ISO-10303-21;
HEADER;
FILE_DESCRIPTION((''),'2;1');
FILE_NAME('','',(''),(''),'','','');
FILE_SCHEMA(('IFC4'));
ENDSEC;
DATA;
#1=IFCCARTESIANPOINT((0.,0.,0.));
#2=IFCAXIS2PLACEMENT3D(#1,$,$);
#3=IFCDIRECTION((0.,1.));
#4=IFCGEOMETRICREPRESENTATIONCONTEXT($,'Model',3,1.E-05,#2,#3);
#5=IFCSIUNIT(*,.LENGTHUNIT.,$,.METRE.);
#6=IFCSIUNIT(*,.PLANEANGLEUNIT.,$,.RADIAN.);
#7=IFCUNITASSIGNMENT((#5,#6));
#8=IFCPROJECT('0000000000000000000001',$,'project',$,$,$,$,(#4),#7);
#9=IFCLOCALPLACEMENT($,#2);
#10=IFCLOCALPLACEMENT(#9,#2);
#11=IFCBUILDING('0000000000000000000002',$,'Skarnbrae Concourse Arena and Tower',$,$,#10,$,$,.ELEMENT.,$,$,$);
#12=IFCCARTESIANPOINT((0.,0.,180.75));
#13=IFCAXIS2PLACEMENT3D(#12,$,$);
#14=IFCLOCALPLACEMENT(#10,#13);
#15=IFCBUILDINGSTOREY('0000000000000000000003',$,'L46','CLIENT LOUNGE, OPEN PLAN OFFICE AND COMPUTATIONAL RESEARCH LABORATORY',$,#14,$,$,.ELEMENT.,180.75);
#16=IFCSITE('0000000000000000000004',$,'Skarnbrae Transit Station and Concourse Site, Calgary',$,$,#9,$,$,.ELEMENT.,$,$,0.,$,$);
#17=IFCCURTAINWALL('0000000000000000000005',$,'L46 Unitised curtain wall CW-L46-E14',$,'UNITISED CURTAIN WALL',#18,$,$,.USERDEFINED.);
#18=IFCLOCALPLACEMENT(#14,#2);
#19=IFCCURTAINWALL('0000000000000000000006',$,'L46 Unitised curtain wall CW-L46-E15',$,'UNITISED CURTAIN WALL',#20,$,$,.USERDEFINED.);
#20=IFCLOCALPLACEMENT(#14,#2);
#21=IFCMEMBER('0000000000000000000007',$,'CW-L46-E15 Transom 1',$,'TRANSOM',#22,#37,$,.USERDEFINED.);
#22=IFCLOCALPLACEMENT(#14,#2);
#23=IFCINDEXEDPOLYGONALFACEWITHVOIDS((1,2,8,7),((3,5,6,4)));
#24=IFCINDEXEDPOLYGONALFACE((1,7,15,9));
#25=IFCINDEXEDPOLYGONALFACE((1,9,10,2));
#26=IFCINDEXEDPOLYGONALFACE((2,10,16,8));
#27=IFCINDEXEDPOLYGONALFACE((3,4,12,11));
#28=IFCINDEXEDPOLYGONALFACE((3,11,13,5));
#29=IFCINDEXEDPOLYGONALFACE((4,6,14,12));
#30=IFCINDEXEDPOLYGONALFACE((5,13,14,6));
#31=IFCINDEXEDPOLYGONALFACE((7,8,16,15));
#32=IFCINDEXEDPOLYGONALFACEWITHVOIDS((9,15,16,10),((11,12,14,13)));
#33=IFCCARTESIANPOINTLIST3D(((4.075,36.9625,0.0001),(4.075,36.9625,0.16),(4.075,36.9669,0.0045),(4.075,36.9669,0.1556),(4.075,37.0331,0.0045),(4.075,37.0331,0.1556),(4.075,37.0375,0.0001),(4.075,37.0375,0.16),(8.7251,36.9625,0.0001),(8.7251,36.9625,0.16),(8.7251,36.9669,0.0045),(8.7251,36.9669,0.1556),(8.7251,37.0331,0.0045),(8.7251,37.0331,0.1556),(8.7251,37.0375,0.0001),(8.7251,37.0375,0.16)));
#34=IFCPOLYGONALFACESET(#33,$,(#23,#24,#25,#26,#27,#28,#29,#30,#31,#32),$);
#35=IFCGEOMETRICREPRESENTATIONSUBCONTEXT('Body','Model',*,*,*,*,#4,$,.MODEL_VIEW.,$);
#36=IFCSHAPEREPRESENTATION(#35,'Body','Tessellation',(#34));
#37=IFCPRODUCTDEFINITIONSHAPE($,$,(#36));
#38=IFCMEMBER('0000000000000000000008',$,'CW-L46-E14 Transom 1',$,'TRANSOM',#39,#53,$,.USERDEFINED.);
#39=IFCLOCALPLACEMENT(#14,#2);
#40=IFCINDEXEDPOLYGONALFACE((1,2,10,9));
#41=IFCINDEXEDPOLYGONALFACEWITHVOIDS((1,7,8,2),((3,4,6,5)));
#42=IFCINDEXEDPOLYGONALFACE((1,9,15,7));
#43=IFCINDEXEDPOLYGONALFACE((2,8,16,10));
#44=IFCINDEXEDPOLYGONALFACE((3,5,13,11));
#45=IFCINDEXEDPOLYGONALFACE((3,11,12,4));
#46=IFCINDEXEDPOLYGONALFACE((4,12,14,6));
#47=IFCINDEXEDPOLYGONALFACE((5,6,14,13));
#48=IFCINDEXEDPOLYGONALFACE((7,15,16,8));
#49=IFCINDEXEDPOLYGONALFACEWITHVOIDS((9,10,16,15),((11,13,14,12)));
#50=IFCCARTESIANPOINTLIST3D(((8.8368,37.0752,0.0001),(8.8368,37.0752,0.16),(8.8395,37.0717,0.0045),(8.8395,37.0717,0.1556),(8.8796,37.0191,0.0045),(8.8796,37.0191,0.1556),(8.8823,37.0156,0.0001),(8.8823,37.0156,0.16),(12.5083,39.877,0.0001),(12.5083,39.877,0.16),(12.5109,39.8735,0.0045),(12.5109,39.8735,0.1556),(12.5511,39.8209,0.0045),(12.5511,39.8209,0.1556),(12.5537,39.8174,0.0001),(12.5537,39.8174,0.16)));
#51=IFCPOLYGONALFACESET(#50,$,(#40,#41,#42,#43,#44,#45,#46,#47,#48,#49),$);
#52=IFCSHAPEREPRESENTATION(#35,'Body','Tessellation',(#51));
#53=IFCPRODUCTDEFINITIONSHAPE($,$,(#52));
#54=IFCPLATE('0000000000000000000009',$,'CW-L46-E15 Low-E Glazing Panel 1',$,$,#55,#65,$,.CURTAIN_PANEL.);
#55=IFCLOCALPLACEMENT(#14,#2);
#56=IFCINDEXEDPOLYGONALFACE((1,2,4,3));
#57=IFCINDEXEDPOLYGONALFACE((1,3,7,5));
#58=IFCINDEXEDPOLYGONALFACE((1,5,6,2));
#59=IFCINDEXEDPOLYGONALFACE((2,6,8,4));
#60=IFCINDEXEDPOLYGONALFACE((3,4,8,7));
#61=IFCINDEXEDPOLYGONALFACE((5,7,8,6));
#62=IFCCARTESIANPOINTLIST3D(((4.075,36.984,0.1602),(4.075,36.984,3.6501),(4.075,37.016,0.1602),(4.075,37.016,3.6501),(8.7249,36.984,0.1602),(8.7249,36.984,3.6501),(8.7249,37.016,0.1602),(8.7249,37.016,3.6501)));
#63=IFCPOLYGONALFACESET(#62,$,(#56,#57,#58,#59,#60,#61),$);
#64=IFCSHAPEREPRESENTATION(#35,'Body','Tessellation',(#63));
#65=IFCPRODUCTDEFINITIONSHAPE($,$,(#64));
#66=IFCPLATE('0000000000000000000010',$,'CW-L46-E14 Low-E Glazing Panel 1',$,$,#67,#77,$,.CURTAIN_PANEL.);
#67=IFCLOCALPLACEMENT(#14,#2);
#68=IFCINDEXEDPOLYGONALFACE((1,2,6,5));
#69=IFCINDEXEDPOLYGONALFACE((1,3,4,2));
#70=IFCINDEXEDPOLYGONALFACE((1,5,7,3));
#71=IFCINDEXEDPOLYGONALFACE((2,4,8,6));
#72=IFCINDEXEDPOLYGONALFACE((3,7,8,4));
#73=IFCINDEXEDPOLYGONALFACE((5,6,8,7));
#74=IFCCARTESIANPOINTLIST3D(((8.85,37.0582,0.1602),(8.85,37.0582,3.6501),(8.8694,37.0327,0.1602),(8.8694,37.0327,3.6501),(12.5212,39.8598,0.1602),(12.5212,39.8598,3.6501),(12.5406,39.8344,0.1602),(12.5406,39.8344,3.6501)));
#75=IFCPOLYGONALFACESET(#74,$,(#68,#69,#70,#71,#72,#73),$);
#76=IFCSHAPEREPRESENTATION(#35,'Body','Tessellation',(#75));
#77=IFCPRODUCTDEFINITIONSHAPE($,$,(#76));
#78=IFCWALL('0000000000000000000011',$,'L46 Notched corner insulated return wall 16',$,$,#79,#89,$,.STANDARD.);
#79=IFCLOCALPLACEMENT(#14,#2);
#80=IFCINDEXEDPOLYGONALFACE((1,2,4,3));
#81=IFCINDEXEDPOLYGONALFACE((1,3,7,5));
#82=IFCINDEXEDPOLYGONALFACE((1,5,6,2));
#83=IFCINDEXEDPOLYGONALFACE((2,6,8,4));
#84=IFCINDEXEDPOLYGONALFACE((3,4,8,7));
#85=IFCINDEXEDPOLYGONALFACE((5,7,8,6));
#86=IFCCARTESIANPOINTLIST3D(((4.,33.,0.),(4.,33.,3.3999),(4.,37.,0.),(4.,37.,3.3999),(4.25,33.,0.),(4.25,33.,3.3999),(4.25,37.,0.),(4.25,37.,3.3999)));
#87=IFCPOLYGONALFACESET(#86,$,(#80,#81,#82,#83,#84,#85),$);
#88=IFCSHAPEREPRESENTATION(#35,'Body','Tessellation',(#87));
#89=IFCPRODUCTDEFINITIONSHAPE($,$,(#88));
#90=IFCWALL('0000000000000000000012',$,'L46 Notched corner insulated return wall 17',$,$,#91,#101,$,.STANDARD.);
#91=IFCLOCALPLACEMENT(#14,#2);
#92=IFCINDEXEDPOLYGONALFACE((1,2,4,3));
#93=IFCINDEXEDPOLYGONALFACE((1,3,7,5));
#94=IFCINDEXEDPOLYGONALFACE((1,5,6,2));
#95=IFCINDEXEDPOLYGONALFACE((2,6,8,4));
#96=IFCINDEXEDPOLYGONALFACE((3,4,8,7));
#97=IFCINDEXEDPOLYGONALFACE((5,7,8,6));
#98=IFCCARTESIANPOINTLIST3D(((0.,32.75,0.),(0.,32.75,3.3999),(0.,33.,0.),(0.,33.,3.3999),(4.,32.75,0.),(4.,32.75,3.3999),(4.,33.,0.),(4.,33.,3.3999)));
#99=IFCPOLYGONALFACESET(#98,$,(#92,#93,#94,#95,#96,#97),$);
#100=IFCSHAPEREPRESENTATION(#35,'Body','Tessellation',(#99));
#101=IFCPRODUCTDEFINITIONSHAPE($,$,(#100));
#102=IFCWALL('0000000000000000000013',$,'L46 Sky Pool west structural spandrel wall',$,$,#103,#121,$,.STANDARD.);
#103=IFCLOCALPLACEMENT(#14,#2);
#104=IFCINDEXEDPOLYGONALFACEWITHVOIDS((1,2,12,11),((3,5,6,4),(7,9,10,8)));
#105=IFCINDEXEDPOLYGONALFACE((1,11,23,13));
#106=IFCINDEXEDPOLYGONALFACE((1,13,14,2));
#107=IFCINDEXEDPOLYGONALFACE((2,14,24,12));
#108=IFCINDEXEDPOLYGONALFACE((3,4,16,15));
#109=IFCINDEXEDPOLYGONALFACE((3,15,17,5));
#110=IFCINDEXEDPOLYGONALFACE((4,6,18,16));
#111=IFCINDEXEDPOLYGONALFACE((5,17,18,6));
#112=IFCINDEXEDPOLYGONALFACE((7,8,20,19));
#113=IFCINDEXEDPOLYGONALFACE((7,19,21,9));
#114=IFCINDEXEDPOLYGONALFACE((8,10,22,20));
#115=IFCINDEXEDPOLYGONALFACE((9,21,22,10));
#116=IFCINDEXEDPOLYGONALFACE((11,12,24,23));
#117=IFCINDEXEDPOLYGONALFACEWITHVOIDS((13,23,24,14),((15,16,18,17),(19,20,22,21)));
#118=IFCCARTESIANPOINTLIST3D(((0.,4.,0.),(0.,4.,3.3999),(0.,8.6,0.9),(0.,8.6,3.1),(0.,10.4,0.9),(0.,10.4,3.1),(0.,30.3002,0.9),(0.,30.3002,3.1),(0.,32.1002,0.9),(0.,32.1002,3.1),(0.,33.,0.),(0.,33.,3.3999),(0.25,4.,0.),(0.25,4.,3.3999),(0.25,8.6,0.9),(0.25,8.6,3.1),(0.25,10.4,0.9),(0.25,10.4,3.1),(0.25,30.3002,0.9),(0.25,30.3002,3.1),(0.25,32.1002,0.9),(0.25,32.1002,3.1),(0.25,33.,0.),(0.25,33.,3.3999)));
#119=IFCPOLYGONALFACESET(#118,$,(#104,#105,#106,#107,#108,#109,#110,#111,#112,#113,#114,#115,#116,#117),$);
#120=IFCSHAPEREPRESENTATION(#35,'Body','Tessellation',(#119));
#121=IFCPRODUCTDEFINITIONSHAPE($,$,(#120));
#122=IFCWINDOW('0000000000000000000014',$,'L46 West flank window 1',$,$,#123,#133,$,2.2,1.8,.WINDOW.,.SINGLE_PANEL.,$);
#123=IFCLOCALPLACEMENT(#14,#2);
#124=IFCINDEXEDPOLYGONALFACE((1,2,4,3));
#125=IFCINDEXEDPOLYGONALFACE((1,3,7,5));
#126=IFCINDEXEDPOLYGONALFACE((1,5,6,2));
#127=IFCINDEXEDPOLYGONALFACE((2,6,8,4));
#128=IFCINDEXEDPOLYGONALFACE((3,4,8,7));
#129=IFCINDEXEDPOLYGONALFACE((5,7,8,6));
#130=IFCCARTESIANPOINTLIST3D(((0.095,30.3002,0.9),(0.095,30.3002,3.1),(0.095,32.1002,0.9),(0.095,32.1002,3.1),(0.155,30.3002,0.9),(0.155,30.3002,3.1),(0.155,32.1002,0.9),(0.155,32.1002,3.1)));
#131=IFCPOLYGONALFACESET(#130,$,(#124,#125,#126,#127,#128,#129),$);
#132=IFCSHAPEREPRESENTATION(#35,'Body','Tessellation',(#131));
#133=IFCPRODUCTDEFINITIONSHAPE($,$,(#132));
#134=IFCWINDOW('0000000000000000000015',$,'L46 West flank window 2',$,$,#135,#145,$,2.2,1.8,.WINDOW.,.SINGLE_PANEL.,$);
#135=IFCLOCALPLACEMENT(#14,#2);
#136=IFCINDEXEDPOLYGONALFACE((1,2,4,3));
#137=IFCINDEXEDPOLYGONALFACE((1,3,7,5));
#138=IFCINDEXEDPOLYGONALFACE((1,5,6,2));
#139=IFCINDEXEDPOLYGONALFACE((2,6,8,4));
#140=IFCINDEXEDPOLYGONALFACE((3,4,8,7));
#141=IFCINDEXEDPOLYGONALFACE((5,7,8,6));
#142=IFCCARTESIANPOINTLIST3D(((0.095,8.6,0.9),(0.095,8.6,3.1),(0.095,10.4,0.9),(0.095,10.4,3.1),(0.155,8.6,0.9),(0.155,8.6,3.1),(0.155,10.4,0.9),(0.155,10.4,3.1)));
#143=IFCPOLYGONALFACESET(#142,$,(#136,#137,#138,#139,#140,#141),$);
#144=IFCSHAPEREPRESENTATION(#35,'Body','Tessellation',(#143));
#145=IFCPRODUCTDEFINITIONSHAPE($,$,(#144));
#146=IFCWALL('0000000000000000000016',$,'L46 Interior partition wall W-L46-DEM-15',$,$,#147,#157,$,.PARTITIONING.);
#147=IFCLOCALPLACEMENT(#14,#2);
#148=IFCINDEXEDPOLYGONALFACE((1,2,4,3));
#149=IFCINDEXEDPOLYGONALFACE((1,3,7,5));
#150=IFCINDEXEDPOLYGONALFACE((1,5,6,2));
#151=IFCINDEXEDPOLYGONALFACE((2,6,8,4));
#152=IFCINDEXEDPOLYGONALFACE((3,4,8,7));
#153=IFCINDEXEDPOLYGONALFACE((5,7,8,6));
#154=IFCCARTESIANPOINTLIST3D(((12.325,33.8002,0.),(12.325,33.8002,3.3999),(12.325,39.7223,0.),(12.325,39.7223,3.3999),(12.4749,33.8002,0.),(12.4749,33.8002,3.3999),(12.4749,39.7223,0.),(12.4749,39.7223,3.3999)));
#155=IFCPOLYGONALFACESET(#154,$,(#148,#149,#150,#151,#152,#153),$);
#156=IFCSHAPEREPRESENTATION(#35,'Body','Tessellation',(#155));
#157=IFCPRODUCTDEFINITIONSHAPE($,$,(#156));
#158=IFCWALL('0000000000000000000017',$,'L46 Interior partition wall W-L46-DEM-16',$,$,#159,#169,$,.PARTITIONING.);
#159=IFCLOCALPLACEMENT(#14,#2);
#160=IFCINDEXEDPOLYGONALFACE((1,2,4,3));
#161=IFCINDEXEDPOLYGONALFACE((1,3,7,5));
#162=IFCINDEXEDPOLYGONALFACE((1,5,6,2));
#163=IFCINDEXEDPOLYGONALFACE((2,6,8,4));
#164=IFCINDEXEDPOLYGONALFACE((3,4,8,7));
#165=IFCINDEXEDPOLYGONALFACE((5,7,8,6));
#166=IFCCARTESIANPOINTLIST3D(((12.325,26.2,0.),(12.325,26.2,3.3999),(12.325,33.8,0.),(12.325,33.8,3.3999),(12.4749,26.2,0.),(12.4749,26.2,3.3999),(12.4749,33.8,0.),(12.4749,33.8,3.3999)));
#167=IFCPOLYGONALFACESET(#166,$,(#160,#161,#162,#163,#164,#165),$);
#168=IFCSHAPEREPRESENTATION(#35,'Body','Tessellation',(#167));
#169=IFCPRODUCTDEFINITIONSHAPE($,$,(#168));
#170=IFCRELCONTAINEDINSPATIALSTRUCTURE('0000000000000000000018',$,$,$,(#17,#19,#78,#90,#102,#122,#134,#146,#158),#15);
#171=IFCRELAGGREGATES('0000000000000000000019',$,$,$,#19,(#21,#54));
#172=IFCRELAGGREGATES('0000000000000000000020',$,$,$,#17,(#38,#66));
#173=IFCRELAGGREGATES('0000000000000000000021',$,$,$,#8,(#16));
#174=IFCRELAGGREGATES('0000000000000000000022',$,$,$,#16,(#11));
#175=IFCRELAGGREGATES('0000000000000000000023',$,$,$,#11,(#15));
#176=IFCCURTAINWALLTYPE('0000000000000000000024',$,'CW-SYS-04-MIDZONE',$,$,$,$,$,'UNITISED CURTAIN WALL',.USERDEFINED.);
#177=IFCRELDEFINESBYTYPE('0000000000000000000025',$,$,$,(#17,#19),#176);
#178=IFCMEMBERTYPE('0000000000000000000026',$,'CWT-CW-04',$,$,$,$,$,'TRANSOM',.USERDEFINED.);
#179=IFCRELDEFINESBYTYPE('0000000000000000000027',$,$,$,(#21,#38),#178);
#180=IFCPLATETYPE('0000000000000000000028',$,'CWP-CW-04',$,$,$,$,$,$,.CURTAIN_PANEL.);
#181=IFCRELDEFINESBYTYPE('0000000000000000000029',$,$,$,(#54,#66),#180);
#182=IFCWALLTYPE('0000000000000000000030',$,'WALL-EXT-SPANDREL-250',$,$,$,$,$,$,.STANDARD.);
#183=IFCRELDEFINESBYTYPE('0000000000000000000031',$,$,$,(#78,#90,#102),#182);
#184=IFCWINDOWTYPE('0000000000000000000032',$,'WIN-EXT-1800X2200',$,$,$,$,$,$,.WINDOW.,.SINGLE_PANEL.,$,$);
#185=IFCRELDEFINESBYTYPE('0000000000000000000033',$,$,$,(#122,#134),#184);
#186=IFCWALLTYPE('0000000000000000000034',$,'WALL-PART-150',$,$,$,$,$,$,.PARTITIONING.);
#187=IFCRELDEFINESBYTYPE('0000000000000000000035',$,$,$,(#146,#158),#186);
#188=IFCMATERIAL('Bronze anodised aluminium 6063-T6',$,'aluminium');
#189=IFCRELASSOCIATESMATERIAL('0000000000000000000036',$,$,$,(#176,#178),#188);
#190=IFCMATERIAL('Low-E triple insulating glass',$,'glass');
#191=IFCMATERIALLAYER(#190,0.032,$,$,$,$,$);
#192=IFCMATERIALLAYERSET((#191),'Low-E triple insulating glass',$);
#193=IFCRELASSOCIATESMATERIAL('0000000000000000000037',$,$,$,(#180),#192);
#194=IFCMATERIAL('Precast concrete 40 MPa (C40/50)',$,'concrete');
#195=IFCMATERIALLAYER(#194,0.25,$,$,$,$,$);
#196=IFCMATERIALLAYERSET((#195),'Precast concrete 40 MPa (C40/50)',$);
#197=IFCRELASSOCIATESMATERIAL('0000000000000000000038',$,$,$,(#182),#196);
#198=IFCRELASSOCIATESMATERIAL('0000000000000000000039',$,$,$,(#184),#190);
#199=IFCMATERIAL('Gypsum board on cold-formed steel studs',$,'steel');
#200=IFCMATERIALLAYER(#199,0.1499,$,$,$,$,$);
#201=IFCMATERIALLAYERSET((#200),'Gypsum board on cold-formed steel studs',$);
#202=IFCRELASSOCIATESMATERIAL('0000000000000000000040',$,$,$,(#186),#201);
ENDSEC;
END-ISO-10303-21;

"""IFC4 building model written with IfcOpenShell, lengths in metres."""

from ifc_helpers import new_model, si_unit, direction, frame, frame_2d, origin, origin_2d, place, context, subcontext, project, spatial, rectangle, hollow_rectangle, extrude, source, transform, mapped, material, layer, layer_set, material_profile, profile_set, type_object, element, fill, aggregate, save


model = new_model("IFC4")

# Units and contexts
model_context = context("Model", 3, precision=1e-05, world=origin(), true_north=direction((0.0, 1.0)))
body_context = subcontext(model_context, "Body", "Model", "MODEL_VIEW")
ifc_project = project(units=[si_unit("LENGTHUNIT", "METRE"), si_unit("PLANEANGLEUNIT", "RADIAN")], contexts=[model_context])

# Site, building, storey
site_placement = place(None, origin())
site = spatial("IfcSite", under=ifc_project, at=site_placement, Name="Skarnbrae Transit Station and Concourse Site, Calgary", CompositionType="ELEMENT", RefElevation=0.0)
building_placement = place(site_placement, origin())
building = spatial("IfcBuilding", under=site, at=building_placement, Name="Skarnbrae Concourse Arena and Tower", CompositionType="ELEMENT")
storey_placement = place(building_placement, frame((0.0, 0.0, 180.75)))
storey = spatial("IfcBuildingStorey", under=building, at=storey_placement, Name="L46", Description="CLIENT LOUNGE, OPEN PLAN OFFICE AND COMPUTATIONAL RESEARCH LABORATORY", CompositionType="ELEMENT", Elevation=180.75)

# Shared definitions
ifc_material_1 = material(Name="Bronze anodised aluminium 6063-T6", Category="aluminium")
curtain_wall_type = type_object("IfcCurtainWallType", Name="CW-SYS-04-MIDZONE", ElementType="UNITISED CURTAIN WALL", PredefinedType="USERDEFINED", material=ifc_material_1)

# Curtain walls, member
curtain_wall_1_placement = place(storey_placement, origin())
curtain_wall_1 = element("IfcCurtainWall", 1, at=curtain_wall_1_placement, inside=storey, type_object=curtain_wall_type, Name="L46 Unitised curtain wall CW-L46-E14", ObjectType="UNITISED CURTAIN WALL", PredefinedType="USERDEFINED")
curtain_wall_2_placement = place(storey_placement, origin())
curtain_wall_2 = element("IfcCurtainWall", 2, at=curtain_wall_2_placement, inside=storey, type_object=curtain_wall_type, Name="L46 Unitised curtain wall CW-L46-E15", ObjectType="UNITISED CURTAIN WALL", PredefinedType="USERDEFINED")
ifc_material_profile_1 = material_profile(ifc_material_1, hollow_rectangle(XDim=0.075, YDim=0.1599, WallThickness=0.0044, at=origin_2d()), Name="ALU-TRAN-75X160")
ifc_profile_set_1 = profile_set([ifc_material_profile_1], Name="Bronze anodised aluminium 6063-T6")
member_type_1 = type_object("IfcMemberType", Name="CWT-CW-04", ElementType="TRANSOM", PredefinedType="USERDEFINED", material=ifc_profile_set_1)
shared_shape_1 = source(origin(), body_context, "Body", "SweptSolid", [
    extrude(hollow_rectangle(XDim=0.075, YDim=0.1599, WallThickness=0.0044, at=origin_2d()), origin(), (0.0, 0.0, 1.0), 4.6501),
])
member_1_placement = place(storey_placement, frame((8.7251, 37.0, 0.0801), z_axis=(-1.0, 0.0, 0.0), x_axis=(0.0, -1.0, 0.0)))
member_1 = element("IfcMember", 3, at=member_1_placement, type_object=member_type_1, Name="CW-L46-E15 Transom 1", ObjectType="TRANSOM", PredefinedType="USERDEFINED", context=body_context, shape_type="MappedRepresentation", body=[
    mapped(shared_shape_1, transform((0.0, 0.0, 0.0))),
])

# Member
shared_shape_2 = source(origin(), body_context, "Body", "SweptSolid", [
    extrude(hollow_rectangle(XDim=0.075, YDim=0.1599, WallThickness=0.0044, at=origin_2d()), origin(), (0.0, 0.0, 1.0), 4.6184),
])
member_2_placement = place(storey_placement, frame((12.531, 39.8472, 0.0801), z_axis=(-0.794961, -0.606661, 0.0), x_axis=(0.606661, -0.794961, 0.0)))
member_2 = element("IfcMember", 4, at=member_2_placement, type_object=member_type_1, Name="CW-L46-E14 Transom 1", ObjectType="TRANSOM", PredefinedType="USERDEFINED", context=body_context, shape_type="MappedRepresentation", body=[
    mapped(shared_shape_2, transform((0.0, 0.0, 0.0))),
])

# Plates
ifc_material_2 = material(Name="Low-E triple insulating glass", Category="glass")
ifc_layer_1 = layer(ifc_material_2, 0.032)
ifc_layer_set_1 = layer_set([ifc_layer_1], Name="Low-E triple insulating glass")
plate_type = type_object("IfcPlateType", Name="CWP-CW-04", PredefinedType="CURTAIN_PANEL", material=ifc_layer_set_1)
shared_shape_3 = source(origin(), body_context, "Body", "SweptSolid", [
    extrude(rectangle(XDim=4.6499, YDim=0.032, at=origin_2d()), origin(), (0.0, 0.0, 1.0), 3.49),
])
plate_1_placement = place(storey_placement, frame((6.3999, 37.0, 0.1602), z_axis=(0.0, 0.0, 1.0), x_axis=(-1.0, 0.0, 0.0)))
plate_1 = element("IfcPlate", 5, at=plate_1_placement, type_object=plate_type, Name="CW-L46-E15 Low-E Glazing Panel 1", PredefinedType="CURTAIN_PANEL", context=body_context, shape_type="MappedRepresentation", body=[
    mapped(shared_shape_3, transform((0.0, 0.0, 0.0))),
])
aggregate(curtain_wall_2, [member_1, plate_1])
shared_shape_4 = source(origin(), body_context, "Body", "SweptSolid", [
    extrude(rectangle(XDim=4.6182, YDim=0.032, at=origin_2d()), origin(), (0.0, 0.0, 1.0), 3.49),
])
plate_2_placement = place(storey_placement, frame((10.6953, 38.4463, 0.1602), z_axis=(0.0, 0.0, 1.0), x_axis=(-0.794956, -0.606667, 0.0)))
plate_2 = element("IfcPlate", 6, at=plate_2_placement, type_object=plate_type, Name="CW-L46-E14 Low-E Glazing Panel 1", PredefinedType="CURTAIN_PANEL", context=body_context, shape_type="MappedRepresentation", body=[
    mapped(shared_shape_4, transform((0.0, 0.0, 0.0))),
])
aggregate(curtain_wall_1, [member_2, plate_2])

# Walls
ifc_material_3 = material(Name="Precast concrete 40 MPa (C40/50)", Category="concrete")
ifc_layer_2 = layer(ifc_material_3, 0.25)
ifc_layer_set_2 = layer_set([ifc_layer_2], Name="Precast concrete 40 MPa (C40/50)")
wall_type_1 = type_object("IfcWallType", Name="WALL-EXT-SPANDREL-250", PredefinedType="STANDARD", material=ifc_layer_set_2)
shared_shape_5 = source(origin(), body_context, "Body", "SweptSolid", [
    extrude(rectangle(XDim=4.0, YDim=0.25, at=frame_2d((2.0, 0.0))), origin(), (0.0, 0.0, 1.0), 3.3999),
])
for number, where, z_axis, x_axis, name in (
    (7, (4.125, 37.0, 0.0), (0.0, 0.0, 1.0), (0.0, -1.0, 0.0), "L46 Notched corner insulated return wall 16"),
    (8, (4.0, 32.875, 0.0), (0.0, 0.0, 1.0), (-1.0, 0.0, 0.0), "L46 Notched corner insulated return wall 17"),
):
    element("IfcWall", number, at=place(storey_placement, frame(where, z_axis=z_axis, x_axis=x_axis)), inside=storey, type_object=wall_type_1, Name=name, PredefinedType="STANDARD", context=body_context, shape_type="MappedRepresentation", body=[
        mapped(shared_shape_5, transform((0.0, 0.0, 0.0))),
    ])

# Wall, openings, windows
shared_shape_6 = source(origin(), body_context, "Body", "SweptSolid", [
    extrude(rectangle(XDim=29.0, YDim=0.25, at=frame_2d((14.5, 0.0))), origin(), (0.0, 0.0, 1.0), 3.3999),
])
wall_1_placement = place(storey_placement, frame((0.125, 33.0, 0.0), z_axis=(0.0, 0.0, 1.0), x_axis=(0.0, -1.0, 0.0)))
wall_1 = element("IfcWall", 9, at=wall_1_placement, inside=storey, type_object=wall_type_1, Name="L46 Sky Pool west structural spandrel wall", PredefinedType="STANDARD", context=body_context, shape_type="MappedRepresentation", body=[
    mapped(shared_shape_6, transform((0.0, 0.0, 0.0))),
])
opening_1_placement = place(wall_1_placement, frame((0.8999, 0.0, 0.8999)))
opening_1 = element("IfcOpeningElement", 10, at=opening_1_placement, cuts=wall_1, PredefinedType="OPENING", context=body_context, shape_type="SweptSolid", body=[
    extrude(rectangle(XDim=1.8, YDim=2.2, at=frame_2d((0.8999, 1.1001))), frame((0.0, 0.135, 0.0), z_axis=(0.0, -1.0, 0.0), x_axis=(1.0, 0.0, 0.0)), (0.0, 0.0, 1.0), 0.27),
])
opening_2_placement = place(wall_1_placement, frame((22.6001, 0.0, 0.8999)))
opening_2 = element("IfcOpeningElement", 11, at=opening_2_placement, cuts=wall_1, PredefinedType="OPENING", context=body_context, shape_type="SweptSolid", body=[
    extrude(rectangle(XDim=1.8, YDim=2.2, at=frame_2d((0.8999, 1.1001))), frame((0.0, 0.135, 0.0), z_axis=(0.0, -1.0, 0.0), x_axis=(1.0, 0.0, 0.0)), (0.0, 0.0, 1.0), 0.27),
])
window_type = type_object("IfcWindowType", Name="WIN-EXT-1800X2200", PartitioningType="SINGLE_PANEL", PredefinedType="WINDOW", material=ifc_material_2)
shared_shape_7 = source(origin(), body_context, "Body", "SweptSolid", [
    extrude(rectangle(XDim=1.8, YDim=2.2, at=frame_2d((0.8999, 1.1001))), frame((0.0, 0.03, 0.0), z_axis=(0.0, -1.0, 0.0), x_axis=(1.0, 0.0, 0.0)), (0.0, 0.0, 1.0), 0.0601),
])
window_1_placement = place(opening_1_placement, origin())
window_1 = element("IfcWindow", 12, at=window_1_placement, inside=storey, type_object=window_type, Name="L46 West flank window 1", OverallHeight=2.2, OverallWidth=1.8, PartitioningType="SINGLE_PANEL", PredefinedType="WINDOW", context=body_context, shape_type="MappedRepresentation", body=[
    mapped(shared_shape_7, transform((0.0, 0.0, 0.0))),
])
fill(opening_1, window_1)
window_2_placement = place(opening_2_placement, origin())
window_2 = element("IfcWindow", 13, at=window_2_placement, inside=storey, type_object=window_type, Name="L46 West flank window 2", OverallHeight=2.2, OverallWidth=1.8, PartitioningType="SINGLE_PANEL", PredefinedType="WINDOW", context=body_context, shape_type="MappedRepresentation", body=[
    mapped(shared_shape_7, transform((0.0, 0.0, 0.0))),
])
fill(opening_2, window_2)

# Walls
ifc_material_4 = material(Name="Gypsum board on cold-formed steel studs", Category="steel")
ifc_layer_3 = layer(ifc_material_4, 0.1499)
ifc_layer_set_3 = layer_set([ifc_layer_3], Name="Gypsum board on cold-formed steel studs")
wall_type_2 = type_object("IfcWallType", Name="WALL-PART-150", PredefinedType="PARTITIONING", material=ifc_layer_set_3)
shared_shape_8 = source(origin(), body_context, "Body", "SweptSolid", [
    extrude(rectangle(XDim=5.9221, YDim=0.1499, at=frame_2d((2.9609, 0.0))), origin(), (0.0, 0.0, 1.0), 3.3999),
])
wall_2_placement = place(storey_placement, frame((12.3999, 39.7222, 0.0), z_axis=(0.0, 0.0, 1.0), x_axis=(0.0, -1.0, 0.0)))
element("IfcWall", 14, at=wall_2_placement, inside=storey, type_object=wall_type_2, Name="L46 Interior partition wall W-L46-DEM-15", PredefinedType="PARTITIONING", context=body_context, shape_type="MappedRepresentation", body=[
    mapped(shared_shape_8, transform((0.0, 0.0, 0.0))),
])
shared_shape_9 = source(origin(), body_context, "Body", "SweptSolid", [
    extrude(rectangle(XDim=7.6001, YDim=0.1499, at=frame_2d((3.8, 0.0))), origin(), (0.0, 0.0, 1.0), 3.3999),
])
wall_3_placement = place(storey_placement, frame((12.3999, 33.8, 0.0), z_axis=(0.0, 0.0, 1.0), x_axis=(0.0, -1.0, 0.0)))
element("IfcWall", 15, at=wall_3_placement, inside=storey, type_object=wall_type_2, Name="L46 Interior partition wall W-L46-DEM-16", PredefinedType="PARTITIONING", context=body_context, shape_type="MappedRepresentation", body=[
    mapped(shared_shape_9, transform((0.0, 0.0, 0.0))),
])

save(model, "model.ifc")
